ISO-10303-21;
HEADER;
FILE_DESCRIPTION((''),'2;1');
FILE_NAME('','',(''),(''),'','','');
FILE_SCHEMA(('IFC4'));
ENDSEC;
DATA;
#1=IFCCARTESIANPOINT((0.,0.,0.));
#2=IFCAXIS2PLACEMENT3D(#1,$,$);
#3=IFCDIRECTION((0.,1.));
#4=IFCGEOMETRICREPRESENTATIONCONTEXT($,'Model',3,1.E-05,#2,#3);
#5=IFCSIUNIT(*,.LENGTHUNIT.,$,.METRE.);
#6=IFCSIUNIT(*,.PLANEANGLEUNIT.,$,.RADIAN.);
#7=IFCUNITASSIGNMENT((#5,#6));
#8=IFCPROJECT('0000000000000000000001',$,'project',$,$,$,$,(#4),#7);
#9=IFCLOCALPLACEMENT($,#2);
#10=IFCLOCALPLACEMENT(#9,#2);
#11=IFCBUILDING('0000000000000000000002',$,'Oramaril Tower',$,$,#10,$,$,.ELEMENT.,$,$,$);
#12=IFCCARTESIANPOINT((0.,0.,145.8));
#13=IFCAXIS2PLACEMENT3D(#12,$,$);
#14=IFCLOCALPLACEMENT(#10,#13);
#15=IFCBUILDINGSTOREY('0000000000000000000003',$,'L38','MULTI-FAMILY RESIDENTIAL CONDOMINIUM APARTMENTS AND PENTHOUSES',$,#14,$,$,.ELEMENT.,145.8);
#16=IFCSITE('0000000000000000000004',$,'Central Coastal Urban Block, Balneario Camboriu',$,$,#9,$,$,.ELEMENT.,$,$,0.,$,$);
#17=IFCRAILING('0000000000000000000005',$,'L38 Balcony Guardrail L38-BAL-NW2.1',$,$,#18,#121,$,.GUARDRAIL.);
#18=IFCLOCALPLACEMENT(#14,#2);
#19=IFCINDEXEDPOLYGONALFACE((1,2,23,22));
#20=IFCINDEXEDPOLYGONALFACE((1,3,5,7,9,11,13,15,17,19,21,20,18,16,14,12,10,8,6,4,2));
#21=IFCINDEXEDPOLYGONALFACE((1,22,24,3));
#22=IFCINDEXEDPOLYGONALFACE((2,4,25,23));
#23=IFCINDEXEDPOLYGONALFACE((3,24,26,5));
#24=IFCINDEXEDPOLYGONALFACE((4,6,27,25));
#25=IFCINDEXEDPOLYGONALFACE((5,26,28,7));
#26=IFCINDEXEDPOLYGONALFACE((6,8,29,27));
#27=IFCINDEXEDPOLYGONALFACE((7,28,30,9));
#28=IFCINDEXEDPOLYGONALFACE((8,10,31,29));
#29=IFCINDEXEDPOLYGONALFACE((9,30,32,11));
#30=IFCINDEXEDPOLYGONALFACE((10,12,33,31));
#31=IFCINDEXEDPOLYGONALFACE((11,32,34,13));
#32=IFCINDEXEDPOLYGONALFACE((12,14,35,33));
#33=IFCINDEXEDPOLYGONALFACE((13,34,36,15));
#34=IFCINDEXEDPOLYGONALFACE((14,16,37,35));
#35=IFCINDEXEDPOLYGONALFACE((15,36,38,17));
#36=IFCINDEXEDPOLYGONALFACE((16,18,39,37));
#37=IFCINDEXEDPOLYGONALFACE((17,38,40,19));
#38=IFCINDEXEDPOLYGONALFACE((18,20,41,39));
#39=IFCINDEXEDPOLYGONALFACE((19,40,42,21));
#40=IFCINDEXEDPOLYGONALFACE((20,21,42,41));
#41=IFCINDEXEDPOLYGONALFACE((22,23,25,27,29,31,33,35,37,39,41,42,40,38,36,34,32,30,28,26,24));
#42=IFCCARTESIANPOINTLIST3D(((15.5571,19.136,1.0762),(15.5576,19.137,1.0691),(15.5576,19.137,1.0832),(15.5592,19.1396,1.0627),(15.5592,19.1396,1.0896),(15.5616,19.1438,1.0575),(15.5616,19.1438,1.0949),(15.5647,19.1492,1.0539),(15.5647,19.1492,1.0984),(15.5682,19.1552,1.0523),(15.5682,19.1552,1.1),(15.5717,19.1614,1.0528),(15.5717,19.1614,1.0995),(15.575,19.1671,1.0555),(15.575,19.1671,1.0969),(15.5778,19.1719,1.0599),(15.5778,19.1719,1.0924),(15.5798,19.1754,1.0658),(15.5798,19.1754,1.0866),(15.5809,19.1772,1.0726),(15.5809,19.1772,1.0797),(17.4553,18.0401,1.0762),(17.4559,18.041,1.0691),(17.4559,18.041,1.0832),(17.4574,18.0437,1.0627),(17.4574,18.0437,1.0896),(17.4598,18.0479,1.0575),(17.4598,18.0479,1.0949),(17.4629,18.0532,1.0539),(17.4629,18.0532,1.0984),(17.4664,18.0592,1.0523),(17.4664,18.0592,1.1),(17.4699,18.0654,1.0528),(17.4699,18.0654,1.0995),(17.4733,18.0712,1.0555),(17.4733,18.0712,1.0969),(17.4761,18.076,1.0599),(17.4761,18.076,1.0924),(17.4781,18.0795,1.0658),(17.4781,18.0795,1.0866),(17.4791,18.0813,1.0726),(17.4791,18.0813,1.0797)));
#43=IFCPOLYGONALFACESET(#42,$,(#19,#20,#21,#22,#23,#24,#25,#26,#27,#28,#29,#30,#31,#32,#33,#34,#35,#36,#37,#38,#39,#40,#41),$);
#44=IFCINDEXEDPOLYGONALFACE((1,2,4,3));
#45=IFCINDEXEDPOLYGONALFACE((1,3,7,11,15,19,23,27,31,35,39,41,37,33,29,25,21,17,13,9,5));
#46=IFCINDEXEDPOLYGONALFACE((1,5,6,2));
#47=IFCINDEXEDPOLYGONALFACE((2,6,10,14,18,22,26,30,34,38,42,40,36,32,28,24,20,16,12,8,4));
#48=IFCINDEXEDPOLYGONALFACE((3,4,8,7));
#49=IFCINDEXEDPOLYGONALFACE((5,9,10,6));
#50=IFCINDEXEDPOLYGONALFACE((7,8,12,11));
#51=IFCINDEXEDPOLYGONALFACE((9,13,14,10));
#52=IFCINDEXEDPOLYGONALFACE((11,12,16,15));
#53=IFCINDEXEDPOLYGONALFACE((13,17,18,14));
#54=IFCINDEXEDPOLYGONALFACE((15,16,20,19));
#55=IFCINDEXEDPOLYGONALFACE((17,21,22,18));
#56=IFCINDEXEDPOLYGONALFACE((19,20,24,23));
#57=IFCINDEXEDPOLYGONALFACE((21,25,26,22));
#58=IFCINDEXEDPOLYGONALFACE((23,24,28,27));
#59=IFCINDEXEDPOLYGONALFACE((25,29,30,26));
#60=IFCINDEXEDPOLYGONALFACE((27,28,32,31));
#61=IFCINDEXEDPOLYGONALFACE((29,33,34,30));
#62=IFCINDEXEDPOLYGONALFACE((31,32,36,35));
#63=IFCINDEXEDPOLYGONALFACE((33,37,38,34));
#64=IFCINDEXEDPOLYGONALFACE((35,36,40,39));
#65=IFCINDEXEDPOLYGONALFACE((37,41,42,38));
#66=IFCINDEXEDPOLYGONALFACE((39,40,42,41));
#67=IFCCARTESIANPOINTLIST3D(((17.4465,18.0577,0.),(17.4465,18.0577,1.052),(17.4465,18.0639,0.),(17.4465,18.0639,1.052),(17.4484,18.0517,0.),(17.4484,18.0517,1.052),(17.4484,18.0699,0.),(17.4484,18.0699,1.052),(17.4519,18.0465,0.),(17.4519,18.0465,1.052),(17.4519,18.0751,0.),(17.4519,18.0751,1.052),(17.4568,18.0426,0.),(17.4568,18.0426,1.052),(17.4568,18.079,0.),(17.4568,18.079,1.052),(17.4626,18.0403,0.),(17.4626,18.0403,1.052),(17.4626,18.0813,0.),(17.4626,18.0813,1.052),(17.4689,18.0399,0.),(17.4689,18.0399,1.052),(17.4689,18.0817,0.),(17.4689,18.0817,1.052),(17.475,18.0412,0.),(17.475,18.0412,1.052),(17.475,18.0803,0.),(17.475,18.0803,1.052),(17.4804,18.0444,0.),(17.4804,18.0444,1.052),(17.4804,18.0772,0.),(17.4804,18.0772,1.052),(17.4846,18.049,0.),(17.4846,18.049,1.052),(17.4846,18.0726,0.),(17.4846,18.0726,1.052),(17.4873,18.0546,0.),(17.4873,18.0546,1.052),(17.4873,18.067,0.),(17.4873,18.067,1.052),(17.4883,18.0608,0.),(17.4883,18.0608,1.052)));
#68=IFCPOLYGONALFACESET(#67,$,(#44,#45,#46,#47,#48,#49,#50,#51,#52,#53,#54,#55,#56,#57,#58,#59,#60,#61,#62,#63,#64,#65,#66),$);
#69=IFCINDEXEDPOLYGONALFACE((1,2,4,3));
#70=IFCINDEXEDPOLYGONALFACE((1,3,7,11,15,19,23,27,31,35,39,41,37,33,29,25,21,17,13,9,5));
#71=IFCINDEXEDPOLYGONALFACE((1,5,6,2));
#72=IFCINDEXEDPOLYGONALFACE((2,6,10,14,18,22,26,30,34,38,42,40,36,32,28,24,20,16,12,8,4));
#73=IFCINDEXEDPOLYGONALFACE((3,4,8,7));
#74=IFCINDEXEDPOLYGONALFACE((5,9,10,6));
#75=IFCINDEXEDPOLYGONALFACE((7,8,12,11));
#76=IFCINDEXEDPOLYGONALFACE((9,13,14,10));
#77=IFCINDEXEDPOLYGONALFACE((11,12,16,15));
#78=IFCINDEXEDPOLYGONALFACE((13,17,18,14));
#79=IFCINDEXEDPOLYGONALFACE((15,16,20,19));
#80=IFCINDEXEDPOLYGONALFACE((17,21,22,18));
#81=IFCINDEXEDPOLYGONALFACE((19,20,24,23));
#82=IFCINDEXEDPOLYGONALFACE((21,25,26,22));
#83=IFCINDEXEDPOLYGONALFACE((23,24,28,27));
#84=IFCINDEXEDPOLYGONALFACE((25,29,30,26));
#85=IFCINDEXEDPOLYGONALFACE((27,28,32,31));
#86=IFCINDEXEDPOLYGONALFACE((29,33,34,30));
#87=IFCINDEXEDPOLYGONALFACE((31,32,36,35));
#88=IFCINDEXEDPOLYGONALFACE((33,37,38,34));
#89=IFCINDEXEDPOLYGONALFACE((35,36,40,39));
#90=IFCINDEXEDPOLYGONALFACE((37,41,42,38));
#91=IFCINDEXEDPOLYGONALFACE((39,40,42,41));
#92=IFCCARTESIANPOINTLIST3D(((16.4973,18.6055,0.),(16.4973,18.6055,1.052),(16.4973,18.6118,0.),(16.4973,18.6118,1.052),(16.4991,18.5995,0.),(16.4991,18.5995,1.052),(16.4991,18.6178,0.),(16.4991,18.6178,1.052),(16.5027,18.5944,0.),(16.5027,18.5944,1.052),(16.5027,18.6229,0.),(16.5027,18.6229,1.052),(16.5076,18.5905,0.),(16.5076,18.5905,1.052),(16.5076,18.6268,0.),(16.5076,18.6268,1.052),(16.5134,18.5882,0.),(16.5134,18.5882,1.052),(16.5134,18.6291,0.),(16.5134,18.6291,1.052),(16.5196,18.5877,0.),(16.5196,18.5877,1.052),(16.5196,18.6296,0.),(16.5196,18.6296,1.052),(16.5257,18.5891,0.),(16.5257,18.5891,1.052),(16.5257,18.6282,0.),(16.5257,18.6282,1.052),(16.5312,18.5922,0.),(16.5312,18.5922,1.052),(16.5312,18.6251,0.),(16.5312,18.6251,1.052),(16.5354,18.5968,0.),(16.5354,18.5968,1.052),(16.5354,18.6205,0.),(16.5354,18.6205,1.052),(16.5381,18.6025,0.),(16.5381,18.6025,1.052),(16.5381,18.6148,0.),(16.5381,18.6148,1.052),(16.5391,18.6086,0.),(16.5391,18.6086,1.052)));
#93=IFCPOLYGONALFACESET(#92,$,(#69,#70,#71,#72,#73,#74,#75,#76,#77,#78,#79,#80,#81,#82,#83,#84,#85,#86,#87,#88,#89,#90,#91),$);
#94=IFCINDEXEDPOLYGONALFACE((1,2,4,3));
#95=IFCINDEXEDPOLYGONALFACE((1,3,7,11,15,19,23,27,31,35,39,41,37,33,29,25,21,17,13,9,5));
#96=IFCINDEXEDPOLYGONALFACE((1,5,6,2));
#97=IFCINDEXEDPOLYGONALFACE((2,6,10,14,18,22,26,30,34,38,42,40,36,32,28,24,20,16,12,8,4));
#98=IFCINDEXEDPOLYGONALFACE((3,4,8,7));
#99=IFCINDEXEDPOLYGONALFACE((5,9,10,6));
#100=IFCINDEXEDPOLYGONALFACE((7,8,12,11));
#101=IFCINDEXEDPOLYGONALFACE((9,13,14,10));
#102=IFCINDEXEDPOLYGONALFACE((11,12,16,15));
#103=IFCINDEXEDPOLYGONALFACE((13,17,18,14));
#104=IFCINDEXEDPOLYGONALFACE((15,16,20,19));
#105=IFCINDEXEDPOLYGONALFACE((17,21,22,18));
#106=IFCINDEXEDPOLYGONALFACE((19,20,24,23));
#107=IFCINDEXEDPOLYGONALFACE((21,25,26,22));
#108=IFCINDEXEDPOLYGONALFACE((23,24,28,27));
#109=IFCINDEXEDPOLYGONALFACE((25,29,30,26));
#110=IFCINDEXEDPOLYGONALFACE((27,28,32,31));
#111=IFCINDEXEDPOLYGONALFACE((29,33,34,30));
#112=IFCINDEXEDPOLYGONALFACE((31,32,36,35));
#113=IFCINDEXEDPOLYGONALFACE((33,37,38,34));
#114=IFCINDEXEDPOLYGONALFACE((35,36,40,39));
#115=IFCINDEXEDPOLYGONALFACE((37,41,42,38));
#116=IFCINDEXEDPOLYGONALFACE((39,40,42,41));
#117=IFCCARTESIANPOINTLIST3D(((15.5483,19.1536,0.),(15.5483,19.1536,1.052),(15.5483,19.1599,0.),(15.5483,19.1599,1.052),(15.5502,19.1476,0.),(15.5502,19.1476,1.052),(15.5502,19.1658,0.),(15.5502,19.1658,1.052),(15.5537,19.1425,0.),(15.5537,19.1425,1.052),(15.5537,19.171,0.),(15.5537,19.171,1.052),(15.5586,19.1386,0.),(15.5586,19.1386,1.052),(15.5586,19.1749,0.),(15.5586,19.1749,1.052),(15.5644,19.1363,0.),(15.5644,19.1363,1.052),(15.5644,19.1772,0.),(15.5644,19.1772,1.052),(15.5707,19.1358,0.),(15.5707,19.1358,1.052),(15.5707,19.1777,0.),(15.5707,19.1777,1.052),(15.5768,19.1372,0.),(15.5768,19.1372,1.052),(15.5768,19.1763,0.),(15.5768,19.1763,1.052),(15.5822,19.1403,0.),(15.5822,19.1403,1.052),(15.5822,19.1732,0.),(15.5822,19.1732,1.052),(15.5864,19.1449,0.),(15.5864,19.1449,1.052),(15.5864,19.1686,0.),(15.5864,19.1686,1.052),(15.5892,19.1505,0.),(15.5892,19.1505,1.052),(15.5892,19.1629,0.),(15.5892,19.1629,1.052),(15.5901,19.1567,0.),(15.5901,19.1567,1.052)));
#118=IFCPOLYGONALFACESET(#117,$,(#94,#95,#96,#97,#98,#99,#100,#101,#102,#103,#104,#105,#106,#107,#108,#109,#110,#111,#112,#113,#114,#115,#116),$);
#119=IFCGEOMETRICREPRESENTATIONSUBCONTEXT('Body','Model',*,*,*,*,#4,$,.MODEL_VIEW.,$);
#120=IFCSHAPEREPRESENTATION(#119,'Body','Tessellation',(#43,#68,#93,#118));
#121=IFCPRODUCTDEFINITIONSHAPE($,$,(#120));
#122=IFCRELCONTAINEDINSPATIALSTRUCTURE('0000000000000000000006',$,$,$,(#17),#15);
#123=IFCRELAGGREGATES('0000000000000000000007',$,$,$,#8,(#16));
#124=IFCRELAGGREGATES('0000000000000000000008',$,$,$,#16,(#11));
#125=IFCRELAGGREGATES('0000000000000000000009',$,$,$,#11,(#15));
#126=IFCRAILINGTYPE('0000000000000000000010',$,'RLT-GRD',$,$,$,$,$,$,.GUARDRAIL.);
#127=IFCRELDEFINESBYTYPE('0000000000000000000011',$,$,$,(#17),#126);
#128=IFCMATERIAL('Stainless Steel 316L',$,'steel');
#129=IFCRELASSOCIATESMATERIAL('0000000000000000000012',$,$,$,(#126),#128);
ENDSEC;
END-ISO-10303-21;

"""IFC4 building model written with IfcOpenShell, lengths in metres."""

from ifc_helpers import new_model, si_unit, direction, frame, origin, origin_2d, place, context, subcontext, project, spatial, circle, extrude, material, type_object, element, save


model = new_model("IFC4")

# Units and contexts
model_context = context("Model", 3, precision=1e-05, world=origin(), true_north=direction((0.0, 1.0)))
body_context = subcontext(model_context, "Body", "Model", "MODEL_VIEW")
ifc_project = project(units=[si_unit("LENGTHUNIT", "METRE"), si_unit("PLANEANGLEUNIT", "RADIAN")], contexts=[model_context])

# Site, building, storey
site_placement = place(None, origin())
site = spatial("IfcSite", under=ifc_project, at=site_placement, Name="Central Coastal Urban Block, Balneario Camboriu", CompositionType="ELEMENT", RefElevation=0.0)
building_placement = place(site_placement, origin())
building = spatial("IfcBuilding", under=site, at=building_placement, Name="Oramaril Tower", CompositionType="ELEMENT")
storey_placement = place(building_placement, frame((0.0, 0.0, 145.8)))
storey = spatial("IfcBuildingStorey", under=building, at=storey_placement, Name="L38", Description="MULTI-FAMILY RESIDENTIAL CONDOMINIUM APARTMENTS AND PENTHOUSES", CompositionType="ELEMENT", Elevation=145.8)

# Railing
ifc_material_1 = material(Name="Stainless Steel 316L", Category="steel")
railing_type = type_object("IfcRailingType", Name="RLT-GRD", PredefinedType="GUARDRAIL", material=ifc_material_1)
railing_1_placement = place(storey_placement, frame((17.4673, 18.0608, 0.0)))
element("IfcRailing", 1, at=railing_1_placement, inside=storey, type_object=railing_type, Name="L38 Balcony Guardrail L38-BAL-NW2.1", PredefinedType="GUARDRAIL", context=body_context, shape_type="SweptSolid", body=[
    extrude(circle(Radius=0.0239, at=origin_2d()), frame((0.0, 0.0, 1.0762), z_axis=(-0.866021, 0.500008, 0.0), x_axis=(-0.500008, -0.866021, 0.0)), (0.0, 0.0, 1.0), 2.1919),
    extrude(circle(Radius=0.021, at=origin_2d()), origin(), (0.0, 0.0, 1.0), 1.052),
    extrude(circle(Radius=0.021, at=origin_2d()), frame((-0.9492, 0.5479, 0.0)), (0.0, 0.0, 1.0), 1.052),
    extrude(circle(Radius=0.021, at=origin_2d()), frame((-1.8982, 1.0959, 0.0)), (0.0, 0.0, 1.0), 1.052),
])

save(model, "model.ifc")
